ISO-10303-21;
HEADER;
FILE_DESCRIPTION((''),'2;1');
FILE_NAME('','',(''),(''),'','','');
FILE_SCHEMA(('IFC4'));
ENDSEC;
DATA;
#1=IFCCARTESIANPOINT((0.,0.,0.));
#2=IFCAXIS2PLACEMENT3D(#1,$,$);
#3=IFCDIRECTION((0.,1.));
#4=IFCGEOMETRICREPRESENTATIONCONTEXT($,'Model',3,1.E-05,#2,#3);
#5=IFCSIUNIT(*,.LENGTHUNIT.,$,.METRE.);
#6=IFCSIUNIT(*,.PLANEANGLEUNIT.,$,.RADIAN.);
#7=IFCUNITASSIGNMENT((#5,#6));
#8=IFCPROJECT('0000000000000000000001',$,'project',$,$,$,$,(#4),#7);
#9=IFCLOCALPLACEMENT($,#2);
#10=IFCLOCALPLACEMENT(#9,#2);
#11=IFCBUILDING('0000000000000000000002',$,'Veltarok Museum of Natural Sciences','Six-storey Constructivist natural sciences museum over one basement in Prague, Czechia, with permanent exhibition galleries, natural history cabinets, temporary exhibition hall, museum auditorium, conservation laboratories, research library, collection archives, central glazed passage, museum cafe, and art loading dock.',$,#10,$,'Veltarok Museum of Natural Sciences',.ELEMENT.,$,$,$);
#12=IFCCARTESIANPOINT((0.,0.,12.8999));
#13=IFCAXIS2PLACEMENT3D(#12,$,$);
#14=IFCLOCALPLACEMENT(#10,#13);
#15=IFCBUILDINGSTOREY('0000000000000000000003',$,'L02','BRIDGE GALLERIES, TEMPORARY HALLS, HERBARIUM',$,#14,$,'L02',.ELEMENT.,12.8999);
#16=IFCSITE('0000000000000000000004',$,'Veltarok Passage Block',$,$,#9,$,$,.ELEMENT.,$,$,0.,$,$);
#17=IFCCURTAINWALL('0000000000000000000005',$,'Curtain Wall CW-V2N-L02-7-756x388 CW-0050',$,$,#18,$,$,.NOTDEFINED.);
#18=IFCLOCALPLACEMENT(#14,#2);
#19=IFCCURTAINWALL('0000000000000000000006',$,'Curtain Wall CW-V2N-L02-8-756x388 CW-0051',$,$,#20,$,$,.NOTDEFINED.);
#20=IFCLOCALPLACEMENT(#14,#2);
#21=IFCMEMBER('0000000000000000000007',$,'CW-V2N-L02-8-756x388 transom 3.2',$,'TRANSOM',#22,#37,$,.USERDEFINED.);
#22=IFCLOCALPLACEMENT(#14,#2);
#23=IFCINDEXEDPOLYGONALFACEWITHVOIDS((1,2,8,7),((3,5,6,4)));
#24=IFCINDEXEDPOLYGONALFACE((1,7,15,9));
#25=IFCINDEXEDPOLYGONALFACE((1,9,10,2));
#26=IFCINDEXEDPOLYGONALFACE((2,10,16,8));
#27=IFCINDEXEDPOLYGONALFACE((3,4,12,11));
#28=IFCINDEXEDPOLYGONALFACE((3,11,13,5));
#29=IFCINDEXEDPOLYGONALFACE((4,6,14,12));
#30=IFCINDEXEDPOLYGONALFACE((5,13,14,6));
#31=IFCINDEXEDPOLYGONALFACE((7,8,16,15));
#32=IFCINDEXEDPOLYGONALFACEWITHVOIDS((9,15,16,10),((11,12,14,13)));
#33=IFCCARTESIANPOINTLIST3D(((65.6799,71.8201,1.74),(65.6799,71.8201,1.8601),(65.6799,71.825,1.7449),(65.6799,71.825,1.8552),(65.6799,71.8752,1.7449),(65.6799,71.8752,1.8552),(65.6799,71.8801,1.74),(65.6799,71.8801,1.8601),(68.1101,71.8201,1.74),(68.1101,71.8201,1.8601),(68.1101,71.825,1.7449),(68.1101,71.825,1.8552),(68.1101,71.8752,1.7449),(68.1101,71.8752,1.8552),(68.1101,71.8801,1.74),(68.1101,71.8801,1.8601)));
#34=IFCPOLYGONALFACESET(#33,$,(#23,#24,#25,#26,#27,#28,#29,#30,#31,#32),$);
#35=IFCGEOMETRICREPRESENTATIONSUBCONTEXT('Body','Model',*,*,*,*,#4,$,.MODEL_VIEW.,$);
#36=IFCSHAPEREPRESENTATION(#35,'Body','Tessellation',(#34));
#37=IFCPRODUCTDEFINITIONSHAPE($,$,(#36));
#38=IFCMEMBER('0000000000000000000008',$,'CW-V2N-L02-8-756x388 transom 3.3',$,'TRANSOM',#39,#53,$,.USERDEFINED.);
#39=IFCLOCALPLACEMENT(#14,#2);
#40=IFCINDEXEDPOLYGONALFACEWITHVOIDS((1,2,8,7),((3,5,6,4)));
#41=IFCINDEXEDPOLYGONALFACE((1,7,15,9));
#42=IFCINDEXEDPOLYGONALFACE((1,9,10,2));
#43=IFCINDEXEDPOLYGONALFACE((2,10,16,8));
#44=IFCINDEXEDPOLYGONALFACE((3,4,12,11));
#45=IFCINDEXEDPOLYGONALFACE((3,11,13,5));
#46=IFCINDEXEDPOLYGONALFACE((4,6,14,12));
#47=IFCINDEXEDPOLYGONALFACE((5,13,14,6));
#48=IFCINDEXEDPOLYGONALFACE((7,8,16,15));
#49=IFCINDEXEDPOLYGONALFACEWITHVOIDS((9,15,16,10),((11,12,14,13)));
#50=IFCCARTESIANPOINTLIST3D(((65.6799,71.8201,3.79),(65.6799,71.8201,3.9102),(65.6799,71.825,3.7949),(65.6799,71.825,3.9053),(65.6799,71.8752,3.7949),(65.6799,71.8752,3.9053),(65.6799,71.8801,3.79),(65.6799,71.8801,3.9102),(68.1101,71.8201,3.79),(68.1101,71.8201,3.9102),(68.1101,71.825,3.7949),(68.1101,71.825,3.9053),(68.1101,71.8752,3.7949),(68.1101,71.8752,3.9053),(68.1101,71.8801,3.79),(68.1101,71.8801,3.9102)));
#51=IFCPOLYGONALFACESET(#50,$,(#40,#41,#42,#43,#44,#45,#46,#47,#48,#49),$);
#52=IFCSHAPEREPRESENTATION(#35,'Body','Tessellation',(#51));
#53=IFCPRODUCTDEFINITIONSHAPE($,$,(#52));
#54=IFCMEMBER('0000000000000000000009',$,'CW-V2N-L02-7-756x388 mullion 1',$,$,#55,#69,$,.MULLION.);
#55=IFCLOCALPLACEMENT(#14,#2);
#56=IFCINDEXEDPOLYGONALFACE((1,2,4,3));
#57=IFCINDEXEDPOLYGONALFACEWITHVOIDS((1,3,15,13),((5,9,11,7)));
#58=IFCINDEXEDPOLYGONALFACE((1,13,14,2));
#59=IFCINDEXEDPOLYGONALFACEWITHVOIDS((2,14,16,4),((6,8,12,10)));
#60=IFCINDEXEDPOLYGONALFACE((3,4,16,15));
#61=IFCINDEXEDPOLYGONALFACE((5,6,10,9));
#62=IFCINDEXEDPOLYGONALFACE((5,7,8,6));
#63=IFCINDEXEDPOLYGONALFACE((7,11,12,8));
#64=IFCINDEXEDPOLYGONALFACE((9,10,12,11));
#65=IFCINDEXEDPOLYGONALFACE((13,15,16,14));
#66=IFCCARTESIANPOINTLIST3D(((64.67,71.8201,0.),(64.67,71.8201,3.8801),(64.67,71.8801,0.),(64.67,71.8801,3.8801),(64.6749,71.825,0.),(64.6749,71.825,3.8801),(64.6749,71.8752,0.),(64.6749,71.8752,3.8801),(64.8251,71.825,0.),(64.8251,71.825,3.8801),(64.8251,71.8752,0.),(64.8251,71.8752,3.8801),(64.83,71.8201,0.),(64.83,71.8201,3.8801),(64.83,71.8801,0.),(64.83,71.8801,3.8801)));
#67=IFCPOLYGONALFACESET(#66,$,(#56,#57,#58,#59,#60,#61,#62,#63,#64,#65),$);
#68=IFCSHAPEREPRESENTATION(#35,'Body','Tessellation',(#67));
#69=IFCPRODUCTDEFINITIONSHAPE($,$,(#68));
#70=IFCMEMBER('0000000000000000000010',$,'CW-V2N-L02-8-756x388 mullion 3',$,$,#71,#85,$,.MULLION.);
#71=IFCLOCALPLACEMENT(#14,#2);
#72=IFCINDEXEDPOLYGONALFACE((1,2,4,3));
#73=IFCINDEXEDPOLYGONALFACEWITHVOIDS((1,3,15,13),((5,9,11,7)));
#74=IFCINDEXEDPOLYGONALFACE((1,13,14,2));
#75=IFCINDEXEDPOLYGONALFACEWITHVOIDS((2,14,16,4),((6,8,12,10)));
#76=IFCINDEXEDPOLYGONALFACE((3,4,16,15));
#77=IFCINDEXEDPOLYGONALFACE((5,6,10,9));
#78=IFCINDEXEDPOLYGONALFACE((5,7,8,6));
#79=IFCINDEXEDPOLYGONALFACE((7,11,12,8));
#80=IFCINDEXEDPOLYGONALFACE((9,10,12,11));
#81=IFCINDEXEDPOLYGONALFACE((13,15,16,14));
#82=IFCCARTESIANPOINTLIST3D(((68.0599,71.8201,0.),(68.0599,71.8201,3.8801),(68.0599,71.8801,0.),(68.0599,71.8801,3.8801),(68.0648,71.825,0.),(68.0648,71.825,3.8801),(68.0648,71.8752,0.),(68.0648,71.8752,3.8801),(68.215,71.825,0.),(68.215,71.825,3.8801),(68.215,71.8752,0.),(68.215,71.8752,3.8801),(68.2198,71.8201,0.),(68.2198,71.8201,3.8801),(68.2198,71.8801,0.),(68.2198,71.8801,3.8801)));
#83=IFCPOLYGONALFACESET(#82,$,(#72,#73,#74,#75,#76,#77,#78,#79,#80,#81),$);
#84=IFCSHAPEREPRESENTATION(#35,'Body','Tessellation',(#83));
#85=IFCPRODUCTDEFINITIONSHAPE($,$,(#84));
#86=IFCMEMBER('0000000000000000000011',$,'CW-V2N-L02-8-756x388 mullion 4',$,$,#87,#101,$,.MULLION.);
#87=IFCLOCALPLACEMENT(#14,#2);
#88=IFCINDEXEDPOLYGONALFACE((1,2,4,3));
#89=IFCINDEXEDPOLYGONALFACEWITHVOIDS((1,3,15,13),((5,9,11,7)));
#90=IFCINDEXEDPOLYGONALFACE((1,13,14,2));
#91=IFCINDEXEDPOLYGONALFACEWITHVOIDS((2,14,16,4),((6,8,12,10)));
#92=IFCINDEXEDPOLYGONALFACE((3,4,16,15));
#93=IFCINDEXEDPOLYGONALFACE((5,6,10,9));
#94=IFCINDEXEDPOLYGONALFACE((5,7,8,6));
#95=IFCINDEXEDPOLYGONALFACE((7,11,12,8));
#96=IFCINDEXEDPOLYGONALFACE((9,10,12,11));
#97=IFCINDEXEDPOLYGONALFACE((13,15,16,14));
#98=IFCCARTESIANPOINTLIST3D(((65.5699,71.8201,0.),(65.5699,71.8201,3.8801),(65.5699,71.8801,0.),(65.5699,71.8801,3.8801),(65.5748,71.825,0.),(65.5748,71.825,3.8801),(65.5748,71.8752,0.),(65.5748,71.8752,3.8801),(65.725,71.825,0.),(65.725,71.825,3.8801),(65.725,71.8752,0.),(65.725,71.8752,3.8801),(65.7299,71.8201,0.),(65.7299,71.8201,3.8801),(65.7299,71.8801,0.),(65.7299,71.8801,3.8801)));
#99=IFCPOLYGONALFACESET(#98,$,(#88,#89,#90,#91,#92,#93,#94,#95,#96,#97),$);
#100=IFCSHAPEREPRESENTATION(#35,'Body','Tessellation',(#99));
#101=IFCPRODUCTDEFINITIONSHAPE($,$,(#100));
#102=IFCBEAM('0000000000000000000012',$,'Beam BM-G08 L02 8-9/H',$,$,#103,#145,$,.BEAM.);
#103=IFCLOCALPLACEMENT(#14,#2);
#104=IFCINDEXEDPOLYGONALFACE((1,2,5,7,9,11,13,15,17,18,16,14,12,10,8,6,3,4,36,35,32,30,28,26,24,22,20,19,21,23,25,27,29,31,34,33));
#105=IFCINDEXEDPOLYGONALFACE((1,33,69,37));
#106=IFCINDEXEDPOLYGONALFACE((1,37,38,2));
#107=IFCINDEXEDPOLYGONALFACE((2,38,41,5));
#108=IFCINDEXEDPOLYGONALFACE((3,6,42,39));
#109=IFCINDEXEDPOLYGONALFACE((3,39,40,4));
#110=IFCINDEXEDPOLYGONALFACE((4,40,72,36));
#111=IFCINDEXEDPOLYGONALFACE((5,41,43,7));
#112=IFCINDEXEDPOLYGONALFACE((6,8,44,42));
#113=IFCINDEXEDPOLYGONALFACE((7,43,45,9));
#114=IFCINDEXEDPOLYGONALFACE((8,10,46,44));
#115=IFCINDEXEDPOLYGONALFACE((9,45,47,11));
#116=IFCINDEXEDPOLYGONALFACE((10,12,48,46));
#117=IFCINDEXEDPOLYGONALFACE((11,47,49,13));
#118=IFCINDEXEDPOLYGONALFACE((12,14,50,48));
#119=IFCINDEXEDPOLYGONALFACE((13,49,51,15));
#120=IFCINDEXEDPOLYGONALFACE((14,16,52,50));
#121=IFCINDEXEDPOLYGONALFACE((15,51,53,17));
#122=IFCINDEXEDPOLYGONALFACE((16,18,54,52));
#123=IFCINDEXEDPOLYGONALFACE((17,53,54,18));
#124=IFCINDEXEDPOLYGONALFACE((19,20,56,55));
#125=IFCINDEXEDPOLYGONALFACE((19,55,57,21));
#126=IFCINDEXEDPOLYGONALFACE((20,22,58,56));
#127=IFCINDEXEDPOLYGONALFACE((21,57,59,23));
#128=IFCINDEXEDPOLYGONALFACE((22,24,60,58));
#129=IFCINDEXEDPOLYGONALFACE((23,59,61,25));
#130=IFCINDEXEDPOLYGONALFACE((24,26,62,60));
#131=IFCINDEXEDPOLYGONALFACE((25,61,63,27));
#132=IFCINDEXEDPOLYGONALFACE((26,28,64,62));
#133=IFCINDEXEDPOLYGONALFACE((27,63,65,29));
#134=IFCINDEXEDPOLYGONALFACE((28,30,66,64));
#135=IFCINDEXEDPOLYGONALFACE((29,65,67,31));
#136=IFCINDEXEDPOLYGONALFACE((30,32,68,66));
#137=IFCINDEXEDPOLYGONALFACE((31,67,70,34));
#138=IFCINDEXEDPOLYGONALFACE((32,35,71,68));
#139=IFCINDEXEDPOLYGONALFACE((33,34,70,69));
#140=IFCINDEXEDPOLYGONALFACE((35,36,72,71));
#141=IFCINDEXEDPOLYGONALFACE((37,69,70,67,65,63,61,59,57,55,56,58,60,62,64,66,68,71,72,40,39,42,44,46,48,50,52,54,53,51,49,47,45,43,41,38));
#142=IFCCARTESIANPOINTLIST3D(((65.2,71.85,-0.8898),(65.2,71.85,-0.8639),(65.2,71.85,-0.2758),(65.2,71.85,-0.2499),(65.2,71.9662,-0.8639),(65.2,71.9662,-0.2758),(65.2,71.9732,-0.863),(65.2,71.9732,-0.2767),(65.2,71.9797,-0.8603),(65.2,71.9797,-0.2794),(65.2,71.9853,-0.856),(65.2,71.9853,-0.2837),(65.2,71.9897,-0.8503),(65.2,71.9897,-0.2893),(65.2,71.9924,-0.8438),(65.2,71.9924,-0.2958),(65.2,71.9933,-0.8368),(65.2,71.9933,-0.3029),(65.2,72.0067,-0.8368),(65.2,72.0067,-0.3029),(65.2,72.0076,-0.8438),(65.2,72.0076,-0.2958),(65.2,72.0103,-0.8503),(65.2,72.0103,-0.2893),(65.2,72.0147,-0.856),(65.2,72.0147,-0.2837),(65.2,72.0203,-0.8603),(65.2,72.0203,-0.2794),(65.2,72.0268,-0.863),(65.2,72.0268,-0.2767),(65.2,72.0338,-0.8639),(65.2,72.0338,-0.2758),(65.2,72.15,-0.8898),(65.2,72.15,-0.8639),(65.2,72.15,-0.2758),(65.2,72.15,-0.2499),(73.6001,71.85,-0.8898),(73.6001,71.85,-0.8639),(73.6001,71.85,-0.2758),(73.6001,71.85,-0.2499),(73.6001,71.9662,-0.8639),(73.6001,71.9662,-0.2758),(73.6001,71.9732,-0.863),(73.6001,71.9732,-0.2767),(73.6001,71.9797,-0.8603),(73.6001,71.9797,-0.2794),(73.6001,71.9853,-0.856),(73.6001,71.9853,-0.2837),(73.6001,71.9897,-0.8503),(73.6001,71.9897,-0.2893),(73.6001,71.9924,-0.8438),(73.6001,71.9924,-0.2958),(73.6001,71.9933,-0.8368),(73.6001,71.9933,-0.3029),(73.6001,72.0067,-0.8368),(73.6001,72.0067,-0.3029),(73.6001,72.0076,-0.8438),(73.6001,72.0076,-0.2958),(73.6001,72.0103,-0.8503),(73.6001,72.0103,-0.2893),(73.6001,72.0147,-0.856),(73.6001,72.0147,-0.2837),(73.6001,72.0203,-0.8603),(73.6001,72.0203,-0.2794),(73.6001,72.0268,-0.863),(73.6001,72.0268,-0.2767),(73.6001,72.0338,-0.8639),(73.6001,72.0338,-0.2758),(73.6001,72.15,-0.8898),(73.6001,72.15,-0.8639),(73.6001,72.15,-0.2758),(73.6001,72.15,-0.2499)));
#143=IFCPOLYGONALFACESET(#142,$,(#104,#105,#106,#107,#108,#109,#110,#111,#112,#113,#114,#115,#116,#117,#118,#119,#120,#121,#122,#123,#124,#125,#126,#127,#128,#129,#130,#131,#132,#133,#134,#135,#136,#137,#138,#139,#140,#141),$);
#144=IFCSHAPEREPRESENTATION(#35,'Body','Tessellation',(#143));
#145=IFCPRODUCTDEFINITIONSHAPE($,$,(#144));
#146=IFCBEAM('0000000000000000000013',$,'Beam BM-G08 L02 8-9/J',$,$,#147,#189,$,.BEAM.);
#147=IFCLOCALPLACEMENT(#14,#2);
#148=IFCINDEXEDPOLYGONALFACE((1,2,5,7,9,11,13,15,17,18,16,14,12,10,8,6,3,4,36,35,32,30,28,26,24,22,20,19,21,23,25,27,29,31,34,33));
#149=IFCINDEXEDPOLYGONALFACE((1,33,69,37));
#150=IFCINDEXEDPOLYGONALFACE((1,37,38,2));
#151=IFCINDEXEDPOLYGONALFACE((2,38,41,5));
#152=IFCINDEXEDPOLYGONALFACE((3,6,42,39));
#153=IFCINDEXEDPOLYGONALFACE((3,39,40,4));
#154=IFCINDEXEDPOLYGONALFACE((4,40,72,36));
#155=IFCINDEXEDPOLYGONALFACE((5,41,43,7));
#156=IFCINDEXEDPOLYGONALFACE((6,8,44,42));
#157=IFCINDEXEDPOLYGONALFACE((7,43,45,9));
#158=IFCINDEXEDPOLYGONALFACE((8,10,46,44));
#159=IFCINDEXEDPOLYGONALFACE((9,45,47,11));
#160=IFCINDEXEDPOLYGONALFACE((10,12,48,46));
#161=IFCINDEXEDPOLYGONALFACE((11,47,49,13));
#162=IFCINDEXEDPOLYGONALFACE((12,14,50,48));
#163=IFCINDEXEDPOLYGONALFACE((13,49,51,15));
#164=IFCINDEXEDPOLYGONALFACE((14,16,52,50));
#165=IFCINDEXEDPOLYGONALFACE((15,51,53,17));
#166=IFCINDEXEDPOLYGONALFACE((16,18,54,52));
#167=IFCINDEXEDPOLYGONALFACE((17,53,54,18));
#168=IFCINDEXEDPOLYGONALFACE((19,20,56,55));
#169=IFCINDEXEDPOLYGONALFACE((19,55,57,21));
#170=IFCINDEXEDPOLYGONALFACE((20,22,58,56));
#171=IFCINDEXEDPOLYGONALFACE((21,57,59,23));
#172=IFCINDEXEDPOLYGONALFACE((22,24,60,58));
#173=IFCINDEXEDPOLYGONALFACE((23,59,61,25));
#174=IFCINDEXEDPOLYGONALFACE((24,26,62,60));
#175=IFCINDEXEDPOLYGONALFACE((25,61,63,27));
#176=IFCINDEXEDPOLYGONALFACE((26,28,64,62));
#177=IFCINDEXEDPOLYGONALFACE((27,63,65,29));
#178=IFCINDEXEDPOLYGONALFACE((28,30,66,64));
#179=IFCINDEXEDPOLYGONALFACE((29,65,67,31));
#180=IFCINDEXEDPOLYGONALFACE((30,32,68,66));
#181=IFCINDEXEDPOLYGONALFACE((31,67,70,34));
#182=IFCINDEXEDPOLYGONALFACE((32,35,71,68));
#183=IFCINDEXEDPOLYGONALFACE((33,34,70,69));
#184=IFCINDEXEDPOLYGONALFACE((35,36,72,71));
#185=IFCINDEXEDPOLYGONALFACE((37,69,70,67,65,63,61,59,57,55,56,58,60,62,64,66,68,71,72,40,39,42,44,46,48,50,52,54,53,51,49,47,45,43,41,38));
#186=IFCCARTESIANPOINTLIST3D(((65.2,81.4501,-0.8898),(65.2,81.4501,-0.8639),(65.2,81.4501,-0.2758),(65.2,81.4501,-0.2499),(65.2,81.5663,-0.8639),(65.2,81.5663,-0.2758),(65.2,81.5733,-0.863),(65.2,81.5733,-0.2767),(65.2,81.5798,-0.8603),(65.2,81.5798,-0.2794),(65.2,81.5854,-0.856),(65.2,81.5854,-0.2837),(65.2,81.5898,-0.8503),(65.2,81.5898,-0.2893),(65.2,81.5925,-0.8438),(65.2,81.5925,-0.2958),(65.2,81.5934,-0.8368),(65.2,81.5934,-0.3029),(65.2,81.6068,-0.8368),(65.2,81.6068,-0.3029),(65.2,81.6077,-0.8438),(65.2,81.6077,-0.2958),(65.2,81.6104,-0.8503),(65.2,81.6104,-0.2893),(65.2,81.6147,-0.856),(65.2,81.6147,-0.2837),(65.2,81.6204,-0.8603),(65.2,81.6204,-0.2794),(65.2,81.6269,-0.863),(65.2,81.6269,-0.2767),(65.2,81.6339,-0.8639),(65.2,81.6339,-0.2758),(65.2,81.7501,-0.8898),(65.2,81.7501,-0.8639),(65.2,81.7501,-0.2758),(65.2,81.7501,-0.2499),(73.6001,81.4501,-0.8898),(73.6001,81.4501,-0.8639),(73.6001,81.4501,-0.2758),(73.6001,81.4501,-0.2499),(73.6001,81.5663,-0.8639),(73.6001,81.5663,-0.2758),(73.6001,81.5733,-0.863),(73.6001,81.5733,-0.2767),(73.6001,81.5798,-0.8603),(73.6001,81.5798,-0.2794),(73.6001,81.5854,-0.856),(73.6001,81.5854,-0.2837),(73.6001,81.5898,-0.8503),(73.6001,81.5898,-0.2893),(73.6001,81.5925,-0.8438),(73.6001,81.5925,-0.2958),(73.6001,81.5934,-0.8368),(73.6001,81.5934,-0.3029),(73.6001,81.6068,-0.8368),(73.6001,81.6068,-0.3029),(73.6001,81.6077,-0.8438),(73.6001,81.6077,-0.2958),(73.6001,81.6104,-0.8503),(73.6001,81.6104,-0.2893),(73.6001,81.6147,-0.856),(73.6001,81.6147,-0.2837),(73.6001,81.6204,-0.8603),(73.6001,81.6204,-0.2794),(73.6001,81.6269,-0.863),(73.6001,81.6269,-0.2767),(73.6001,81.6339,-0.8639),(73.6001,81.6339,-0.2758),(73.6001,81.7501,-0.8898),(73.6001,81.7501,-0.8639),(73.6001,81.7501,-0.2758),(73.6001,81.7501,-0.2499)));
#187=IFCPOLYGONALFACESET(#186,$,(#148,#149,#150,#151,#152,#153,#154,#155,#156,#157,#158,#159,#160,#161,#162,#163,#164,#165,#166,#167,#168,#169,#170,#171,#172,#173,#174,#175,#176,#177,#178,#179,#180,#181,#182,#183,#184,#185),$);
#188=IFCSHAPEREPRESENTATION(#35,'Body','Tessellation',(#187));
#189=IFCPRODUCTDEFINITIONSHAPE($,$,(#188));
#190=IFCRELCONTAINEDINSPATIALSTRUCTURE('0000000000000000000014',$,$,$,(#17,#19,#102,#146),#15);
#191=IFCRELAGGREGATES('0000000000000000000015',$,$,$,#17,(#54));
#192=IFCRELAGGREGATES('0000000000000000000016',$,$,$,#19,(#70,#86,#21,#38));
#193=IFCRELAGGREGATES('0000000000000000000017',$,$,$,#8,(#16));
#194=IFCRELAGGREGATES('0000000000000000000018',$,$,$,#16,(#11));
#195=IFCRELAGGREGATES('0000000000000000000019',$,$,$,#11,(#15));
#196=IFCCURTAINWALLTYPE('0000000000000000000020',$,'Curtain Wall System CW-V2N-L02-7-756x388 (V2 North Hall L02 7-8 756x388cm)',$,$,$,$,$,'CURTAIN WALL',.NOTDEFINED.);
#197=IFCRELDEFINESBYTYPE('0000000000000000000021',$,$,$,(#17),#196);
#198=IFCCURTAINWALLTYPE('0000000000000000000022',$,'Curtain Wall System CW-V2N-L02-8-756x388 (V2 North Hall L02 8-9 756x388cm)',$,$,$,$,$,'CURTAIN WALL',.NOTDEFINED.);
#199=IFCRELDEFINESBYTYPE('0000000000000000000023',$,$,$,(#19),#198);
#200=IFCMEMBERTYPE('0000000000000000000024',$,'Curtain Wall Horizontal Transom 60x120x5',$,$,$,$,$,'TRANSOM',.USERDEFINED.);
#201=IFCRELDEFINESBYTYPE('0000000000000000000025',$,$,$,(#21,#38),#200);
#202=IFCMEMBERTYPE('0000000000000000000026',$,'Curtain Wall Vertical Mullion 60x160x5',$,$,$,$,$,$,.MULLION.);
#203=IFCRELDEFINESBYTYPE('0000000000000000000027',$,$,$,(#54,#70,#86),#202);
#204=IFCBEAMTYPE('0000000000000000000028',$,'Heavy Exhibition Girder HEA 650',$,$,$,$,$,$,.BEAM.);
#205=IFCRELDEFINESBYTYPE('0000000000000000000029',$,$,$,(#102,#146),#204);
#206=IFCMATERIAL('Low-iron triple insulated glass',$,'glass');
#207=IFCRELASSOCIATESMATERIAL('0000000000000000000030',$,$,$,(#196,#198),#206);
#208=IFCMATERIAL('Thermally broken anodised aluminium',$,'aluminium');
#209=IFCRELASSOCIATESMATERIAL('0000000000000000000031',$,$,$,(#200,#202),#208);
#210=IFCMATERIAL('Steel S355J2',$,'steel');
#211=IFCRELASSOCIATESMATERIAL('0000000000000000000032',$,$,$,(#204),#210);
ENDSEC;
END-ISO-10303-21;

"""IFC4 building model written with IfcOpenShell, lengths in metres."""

from ifc_helpers import new_model, si_unit, direction, frame, origin, origin_2d, place, context, subcontext, project, spatial, hollow_rectangle, i_section, extrude, material, material_profile, profile_set, type_object, element, aggregate, save


model = new_model("IFC4")

# Units and contexts
model_context = context("Model", 3, precision=1e-05, world=origin(), true_north=direction((0.0, 1.0)))
body_context = subcontext(model_context, "Body", "Model", "MODEL_VIEW")
ifc_project = project(units=[si_unit("LENGTHUNIT", "METRE"), si_unit("PLANEANGLEUNIT", "RADIAN")], contexts=[model_context])

# Site, building, storey
site_placement = place(None, origin())
site = spatial("IfcSite", under=ifc_project, at=site_placement, Name="Veltarok Passage Block", CompositionType="ELEMENT", RefElevation=0.0)
building_placement = place(site_placement, origin())
building = spatial("IfcBuilding", under=site, at=building_placement, Name="Veltarok Museum of Natural Sciences", Description="Six-storey Constructivist natural sciences museum over one basement in Prague, Czechia, with permanent exhibition galleries, natural history cabinets, temporary exhibition hall, museum auditorium, conservation laboratories, research library, collection archives, central glazed passage, museum cafe, and art loading dock.", LongName="Veltarok Museum of Natural Sciences", CompositionType="ELEMENT")
storey_placement = place(building_placement, frame((0.0, 0.0, 12.8999)))
storey = spatial("IfcBuildingStorey", under=building, at=storey_placement, Name="L02", Description="BRIDGE GALLERIES, TEMPORARY HALLS, HERBARIUM", LongName="L02", CompositionType="ELEMENT", Elevation=12.8999)

# Shared definitions
ifc_material_1 = material(Name="Steel S355J2", Category="steel")

# Curtain walls, members
ifc_material_2 = material(Name="Low-iron triple insulated glass", Category="glass")
curtain_wall_type_1 = type_object("IfcCurtainWallType", Name="Curtain Wall System CW-V2N-L02-7-756x388 (V2 North Hall L02 7-8 756x388cm)", ElementType="CURTAIN WALL", PredefinedType="NOTDEFINED", material=ifc_material_2)
curtain_wall_1_placement = place(storey_placement, origin())
curtain_wall_1 = element("IfcCurtainWall", 1, at=curtain_wall_1_placement, inside=storey, type_object=curtain_wall_type_1, Name="Curtain Wall CW-V2N-L02-7-756x388 CW-0050", PredefinedType="NOTDEFINED")
ifc_material_3 = material(Name="Thermally broken anodised aluminium", Category="aluminium")
ifc_material_profile_1 = material_profile(ifc_material_3, hollow_rectangle(XDim=0.0601, YDim=0.1201, WallThickness=0.0049, at=origin_2d()), Name="CW TRANSOM 60x120x5")
ifc_profile_set_1 = profile_set([ifc_material_profile_1], Name="Thermally broken anodised aluminium")
member_type_1 = type_object("IfcMemberType", Name="Curtain Wall Horizontal Transom 60x120x5", ElementType="TRANSOM", PredefinedType="USERDEFINED", material=ifc_profile_set_1)
curtain_wall_type_2 = type_object("IfcCurtainWallType", Name="Curtain Wall System CW-V2N-L02-8-756x388 (V2 North Hall L02 8-9 756x388cm)", ElementType="CURTAIN WALL", PredefinedType="NOTDEFINED", material=ifc_material_2)
curtain_wall_2_placement = place(storey_placement, origin())
curtain_wall_2 = element("IfcCurtainWall", 2, at=curtain_wall_2_placement, inside=storey, type_object=curtain_wall_type_2, Name="Curtain Wall CW-V2N-L02-8-756x388 CW-0051", PredefinedType="NOTDEFINED")
member_1_placement = place(storey_placement, frame((68.1101, 71.8501, 1.8), z_axis=(-1.0, 0.0, 0.0), x_axis=(0.0, -1.0, 0.0)))
member_1 = element("IfcMember", 3, at=member_1_placement, type_object=member_type_1, Name="CW-V2N-L02-8-756x388 transom 3.2", ObjectType="TRANSOM", PredefinedType="USERDEFINED", context=body_context, shape_type="SweptSolid", body=[
    extrude(hollow_rectangle(XDim=0.0601, YDim=0.1201, WallThickness=0.0049, at=origin_2d()), origin(), (0.0, 0.0, 1.0), 2.4302),
])
member_2_placement = place(storey_placement, frame((68.1101, 71.8501, 3.8501), z_axis=(-1.0, 0.0, 0.0), x_axis=(0.0, -1.0, 0.0)))
member_2 = element("IfcMember", 4, at=member_2_placement, type_object=member_type_1, Name="CW-V2N-L02-8-756x388 transom 3.3", ObjectType="TRANSOM", PredefinedType="USERDEFINED", context=body_context, shape_type="SweptSolid", body=[
    extrude(hollow_rectangle(XDim=0.0601, YDim=0.1201, WallThickness=0.0049, at=origin_2d()), origin(), (0.0, 0.0, 1.0), 2.4302),
])

# Members
ifc_material_profile_2 = material_profile(ifc_material_3, hollow_rectangle(XDim=0.0601, YDim=0.1599, WallThickness=0.0049, at=origin_2d()), Name="CW MULLION 60x160x5")
ifc_profile_set_2 = profile_set([ifc_material_profile_2], Name="Thermally broken anodised aluminium")
member_type_2 = type_object("IfcMemberType", Name="Curtain Wall Vertical Mullion 60x160x5", PredefinedType="MULLION", material=ifc_profile_set_2)
member_3_placement = place(storey_placement, frame((64.75, 71.8501, 0.0), z_axis=(0.0, 0.0, 1.0), x_axis=(0.0, -1.0, 0.0)))
member_3 = element("IfcMember", 5, at=member_3_placement, type_object=member_type_2, Name="CW-V2N-L02-7-756x388 mullion 1", PredefinedType="MULLION", context=body_context, shape_type="SweptSolid", body=[
    extrude(hollow_rectangle(XDim=0.0601, YDim=0.1599, WallThickness=0.0049, at=origin_2d()), origin(), (0.0, 0.0, 1.0), 3.8801),
])
aggregate(curtain_wall_1, [member_3])
member_4_placement = place(storey_placement, frame((68.1399, 71.8501, 0.0), z_axis=(0.0, 0.0, 1.0), x_axis=(0.0, -1.0, 0.0)))
member_4 = element("IfcMember", 6, at=member_4_placement, type_object=member_type_2, Name="CW-V2N-L02-8-756x388 mullion 3", PredefinedType="MULLION", context=body_context, shape_type="SweptSolid", body=[
    extrude(hollow_rectangle(XDim=0.0601, YDim=0.1599, WallThickness=0.0049, at=origin_2d()), origin(), (0.0, 0.0, 1.0), 3.8801),
])
member_5_placement = place(storey_placement, frame((65.6499, 71.8501, 0.0), z_axis=(0.0, 0.0, 1.0), x_axis=(0.0, -1.0, 0.0)))
member_5 = element("IfcMember", 7, at=member_5_placement, type_object=member_type_2, Name="CW-V2N-L02-8-756x388 mullion 4", PredefinedType="MULLION", context=body_context, shape_type="SweptSolid", body=[
    extrude(hollow_rectangle(XDim=0.0601, YDim=0.1599, WallThickness=0.0049, at=origin_2d()), origin(), (0.0, 0.0, 1.0), 3.8801),
])

# Beams
ifc_material_profile_3 = material_profile(ifc_material_1, i_section(OverallWidth=0.3, OverallDepth=0.6399, WebThickness=0.0134, FlangeThickness=0.0259, FilletRadius=0.0271, at=origin_2d()), Name="HEA 650")
ifc_profile_set_3 = profile_set([ifc_material_profile_3], Name="Steel S355J2")
beam_type_1 = type_object("IfcBeamType", Name="Heavy Exhibition Girder HEA 650", PredefinedType="BEAM", material=ifc_profile_set_3)
for number, where, z_axis, x_axis, name in (
    (8, (65.2, 72.0, -0.5698), (1.0, 0.0, 0.0), (0.0, 1.0, 0.0), "Beam BM-G08 L02 8-9/H"),
    (9, (65.2, 81.6001, -0.5698), (1.0, 0.0, 0.0), (0.0, 1.0, 0.0), "Beam BM-G08 L02 8-9/J"),
):
    element("IfcBeam", number, at=place(storey_placement, frame(where, z_axis=z_axis, x_axis=x_axis)), inside=storey, type_object=beam_type_1, Name=name, PredefinedType="BEAM", context=body_context, shape_type="SweptSolid", body=[
        extrude(i_section(OverallWidth=0.3, OverallDepth=0.6399, WebThickness=0.0134, FlangeThickness=0.0259, FilletRadius=0.0271, at=origin_2d()), origin(), (0.0, 0.0, 1.0), 8.4001),
    ])

aggregate(curtain_wall_2, [member_4, member_5, member_1, member_2])

save(model, "model.ifc")
